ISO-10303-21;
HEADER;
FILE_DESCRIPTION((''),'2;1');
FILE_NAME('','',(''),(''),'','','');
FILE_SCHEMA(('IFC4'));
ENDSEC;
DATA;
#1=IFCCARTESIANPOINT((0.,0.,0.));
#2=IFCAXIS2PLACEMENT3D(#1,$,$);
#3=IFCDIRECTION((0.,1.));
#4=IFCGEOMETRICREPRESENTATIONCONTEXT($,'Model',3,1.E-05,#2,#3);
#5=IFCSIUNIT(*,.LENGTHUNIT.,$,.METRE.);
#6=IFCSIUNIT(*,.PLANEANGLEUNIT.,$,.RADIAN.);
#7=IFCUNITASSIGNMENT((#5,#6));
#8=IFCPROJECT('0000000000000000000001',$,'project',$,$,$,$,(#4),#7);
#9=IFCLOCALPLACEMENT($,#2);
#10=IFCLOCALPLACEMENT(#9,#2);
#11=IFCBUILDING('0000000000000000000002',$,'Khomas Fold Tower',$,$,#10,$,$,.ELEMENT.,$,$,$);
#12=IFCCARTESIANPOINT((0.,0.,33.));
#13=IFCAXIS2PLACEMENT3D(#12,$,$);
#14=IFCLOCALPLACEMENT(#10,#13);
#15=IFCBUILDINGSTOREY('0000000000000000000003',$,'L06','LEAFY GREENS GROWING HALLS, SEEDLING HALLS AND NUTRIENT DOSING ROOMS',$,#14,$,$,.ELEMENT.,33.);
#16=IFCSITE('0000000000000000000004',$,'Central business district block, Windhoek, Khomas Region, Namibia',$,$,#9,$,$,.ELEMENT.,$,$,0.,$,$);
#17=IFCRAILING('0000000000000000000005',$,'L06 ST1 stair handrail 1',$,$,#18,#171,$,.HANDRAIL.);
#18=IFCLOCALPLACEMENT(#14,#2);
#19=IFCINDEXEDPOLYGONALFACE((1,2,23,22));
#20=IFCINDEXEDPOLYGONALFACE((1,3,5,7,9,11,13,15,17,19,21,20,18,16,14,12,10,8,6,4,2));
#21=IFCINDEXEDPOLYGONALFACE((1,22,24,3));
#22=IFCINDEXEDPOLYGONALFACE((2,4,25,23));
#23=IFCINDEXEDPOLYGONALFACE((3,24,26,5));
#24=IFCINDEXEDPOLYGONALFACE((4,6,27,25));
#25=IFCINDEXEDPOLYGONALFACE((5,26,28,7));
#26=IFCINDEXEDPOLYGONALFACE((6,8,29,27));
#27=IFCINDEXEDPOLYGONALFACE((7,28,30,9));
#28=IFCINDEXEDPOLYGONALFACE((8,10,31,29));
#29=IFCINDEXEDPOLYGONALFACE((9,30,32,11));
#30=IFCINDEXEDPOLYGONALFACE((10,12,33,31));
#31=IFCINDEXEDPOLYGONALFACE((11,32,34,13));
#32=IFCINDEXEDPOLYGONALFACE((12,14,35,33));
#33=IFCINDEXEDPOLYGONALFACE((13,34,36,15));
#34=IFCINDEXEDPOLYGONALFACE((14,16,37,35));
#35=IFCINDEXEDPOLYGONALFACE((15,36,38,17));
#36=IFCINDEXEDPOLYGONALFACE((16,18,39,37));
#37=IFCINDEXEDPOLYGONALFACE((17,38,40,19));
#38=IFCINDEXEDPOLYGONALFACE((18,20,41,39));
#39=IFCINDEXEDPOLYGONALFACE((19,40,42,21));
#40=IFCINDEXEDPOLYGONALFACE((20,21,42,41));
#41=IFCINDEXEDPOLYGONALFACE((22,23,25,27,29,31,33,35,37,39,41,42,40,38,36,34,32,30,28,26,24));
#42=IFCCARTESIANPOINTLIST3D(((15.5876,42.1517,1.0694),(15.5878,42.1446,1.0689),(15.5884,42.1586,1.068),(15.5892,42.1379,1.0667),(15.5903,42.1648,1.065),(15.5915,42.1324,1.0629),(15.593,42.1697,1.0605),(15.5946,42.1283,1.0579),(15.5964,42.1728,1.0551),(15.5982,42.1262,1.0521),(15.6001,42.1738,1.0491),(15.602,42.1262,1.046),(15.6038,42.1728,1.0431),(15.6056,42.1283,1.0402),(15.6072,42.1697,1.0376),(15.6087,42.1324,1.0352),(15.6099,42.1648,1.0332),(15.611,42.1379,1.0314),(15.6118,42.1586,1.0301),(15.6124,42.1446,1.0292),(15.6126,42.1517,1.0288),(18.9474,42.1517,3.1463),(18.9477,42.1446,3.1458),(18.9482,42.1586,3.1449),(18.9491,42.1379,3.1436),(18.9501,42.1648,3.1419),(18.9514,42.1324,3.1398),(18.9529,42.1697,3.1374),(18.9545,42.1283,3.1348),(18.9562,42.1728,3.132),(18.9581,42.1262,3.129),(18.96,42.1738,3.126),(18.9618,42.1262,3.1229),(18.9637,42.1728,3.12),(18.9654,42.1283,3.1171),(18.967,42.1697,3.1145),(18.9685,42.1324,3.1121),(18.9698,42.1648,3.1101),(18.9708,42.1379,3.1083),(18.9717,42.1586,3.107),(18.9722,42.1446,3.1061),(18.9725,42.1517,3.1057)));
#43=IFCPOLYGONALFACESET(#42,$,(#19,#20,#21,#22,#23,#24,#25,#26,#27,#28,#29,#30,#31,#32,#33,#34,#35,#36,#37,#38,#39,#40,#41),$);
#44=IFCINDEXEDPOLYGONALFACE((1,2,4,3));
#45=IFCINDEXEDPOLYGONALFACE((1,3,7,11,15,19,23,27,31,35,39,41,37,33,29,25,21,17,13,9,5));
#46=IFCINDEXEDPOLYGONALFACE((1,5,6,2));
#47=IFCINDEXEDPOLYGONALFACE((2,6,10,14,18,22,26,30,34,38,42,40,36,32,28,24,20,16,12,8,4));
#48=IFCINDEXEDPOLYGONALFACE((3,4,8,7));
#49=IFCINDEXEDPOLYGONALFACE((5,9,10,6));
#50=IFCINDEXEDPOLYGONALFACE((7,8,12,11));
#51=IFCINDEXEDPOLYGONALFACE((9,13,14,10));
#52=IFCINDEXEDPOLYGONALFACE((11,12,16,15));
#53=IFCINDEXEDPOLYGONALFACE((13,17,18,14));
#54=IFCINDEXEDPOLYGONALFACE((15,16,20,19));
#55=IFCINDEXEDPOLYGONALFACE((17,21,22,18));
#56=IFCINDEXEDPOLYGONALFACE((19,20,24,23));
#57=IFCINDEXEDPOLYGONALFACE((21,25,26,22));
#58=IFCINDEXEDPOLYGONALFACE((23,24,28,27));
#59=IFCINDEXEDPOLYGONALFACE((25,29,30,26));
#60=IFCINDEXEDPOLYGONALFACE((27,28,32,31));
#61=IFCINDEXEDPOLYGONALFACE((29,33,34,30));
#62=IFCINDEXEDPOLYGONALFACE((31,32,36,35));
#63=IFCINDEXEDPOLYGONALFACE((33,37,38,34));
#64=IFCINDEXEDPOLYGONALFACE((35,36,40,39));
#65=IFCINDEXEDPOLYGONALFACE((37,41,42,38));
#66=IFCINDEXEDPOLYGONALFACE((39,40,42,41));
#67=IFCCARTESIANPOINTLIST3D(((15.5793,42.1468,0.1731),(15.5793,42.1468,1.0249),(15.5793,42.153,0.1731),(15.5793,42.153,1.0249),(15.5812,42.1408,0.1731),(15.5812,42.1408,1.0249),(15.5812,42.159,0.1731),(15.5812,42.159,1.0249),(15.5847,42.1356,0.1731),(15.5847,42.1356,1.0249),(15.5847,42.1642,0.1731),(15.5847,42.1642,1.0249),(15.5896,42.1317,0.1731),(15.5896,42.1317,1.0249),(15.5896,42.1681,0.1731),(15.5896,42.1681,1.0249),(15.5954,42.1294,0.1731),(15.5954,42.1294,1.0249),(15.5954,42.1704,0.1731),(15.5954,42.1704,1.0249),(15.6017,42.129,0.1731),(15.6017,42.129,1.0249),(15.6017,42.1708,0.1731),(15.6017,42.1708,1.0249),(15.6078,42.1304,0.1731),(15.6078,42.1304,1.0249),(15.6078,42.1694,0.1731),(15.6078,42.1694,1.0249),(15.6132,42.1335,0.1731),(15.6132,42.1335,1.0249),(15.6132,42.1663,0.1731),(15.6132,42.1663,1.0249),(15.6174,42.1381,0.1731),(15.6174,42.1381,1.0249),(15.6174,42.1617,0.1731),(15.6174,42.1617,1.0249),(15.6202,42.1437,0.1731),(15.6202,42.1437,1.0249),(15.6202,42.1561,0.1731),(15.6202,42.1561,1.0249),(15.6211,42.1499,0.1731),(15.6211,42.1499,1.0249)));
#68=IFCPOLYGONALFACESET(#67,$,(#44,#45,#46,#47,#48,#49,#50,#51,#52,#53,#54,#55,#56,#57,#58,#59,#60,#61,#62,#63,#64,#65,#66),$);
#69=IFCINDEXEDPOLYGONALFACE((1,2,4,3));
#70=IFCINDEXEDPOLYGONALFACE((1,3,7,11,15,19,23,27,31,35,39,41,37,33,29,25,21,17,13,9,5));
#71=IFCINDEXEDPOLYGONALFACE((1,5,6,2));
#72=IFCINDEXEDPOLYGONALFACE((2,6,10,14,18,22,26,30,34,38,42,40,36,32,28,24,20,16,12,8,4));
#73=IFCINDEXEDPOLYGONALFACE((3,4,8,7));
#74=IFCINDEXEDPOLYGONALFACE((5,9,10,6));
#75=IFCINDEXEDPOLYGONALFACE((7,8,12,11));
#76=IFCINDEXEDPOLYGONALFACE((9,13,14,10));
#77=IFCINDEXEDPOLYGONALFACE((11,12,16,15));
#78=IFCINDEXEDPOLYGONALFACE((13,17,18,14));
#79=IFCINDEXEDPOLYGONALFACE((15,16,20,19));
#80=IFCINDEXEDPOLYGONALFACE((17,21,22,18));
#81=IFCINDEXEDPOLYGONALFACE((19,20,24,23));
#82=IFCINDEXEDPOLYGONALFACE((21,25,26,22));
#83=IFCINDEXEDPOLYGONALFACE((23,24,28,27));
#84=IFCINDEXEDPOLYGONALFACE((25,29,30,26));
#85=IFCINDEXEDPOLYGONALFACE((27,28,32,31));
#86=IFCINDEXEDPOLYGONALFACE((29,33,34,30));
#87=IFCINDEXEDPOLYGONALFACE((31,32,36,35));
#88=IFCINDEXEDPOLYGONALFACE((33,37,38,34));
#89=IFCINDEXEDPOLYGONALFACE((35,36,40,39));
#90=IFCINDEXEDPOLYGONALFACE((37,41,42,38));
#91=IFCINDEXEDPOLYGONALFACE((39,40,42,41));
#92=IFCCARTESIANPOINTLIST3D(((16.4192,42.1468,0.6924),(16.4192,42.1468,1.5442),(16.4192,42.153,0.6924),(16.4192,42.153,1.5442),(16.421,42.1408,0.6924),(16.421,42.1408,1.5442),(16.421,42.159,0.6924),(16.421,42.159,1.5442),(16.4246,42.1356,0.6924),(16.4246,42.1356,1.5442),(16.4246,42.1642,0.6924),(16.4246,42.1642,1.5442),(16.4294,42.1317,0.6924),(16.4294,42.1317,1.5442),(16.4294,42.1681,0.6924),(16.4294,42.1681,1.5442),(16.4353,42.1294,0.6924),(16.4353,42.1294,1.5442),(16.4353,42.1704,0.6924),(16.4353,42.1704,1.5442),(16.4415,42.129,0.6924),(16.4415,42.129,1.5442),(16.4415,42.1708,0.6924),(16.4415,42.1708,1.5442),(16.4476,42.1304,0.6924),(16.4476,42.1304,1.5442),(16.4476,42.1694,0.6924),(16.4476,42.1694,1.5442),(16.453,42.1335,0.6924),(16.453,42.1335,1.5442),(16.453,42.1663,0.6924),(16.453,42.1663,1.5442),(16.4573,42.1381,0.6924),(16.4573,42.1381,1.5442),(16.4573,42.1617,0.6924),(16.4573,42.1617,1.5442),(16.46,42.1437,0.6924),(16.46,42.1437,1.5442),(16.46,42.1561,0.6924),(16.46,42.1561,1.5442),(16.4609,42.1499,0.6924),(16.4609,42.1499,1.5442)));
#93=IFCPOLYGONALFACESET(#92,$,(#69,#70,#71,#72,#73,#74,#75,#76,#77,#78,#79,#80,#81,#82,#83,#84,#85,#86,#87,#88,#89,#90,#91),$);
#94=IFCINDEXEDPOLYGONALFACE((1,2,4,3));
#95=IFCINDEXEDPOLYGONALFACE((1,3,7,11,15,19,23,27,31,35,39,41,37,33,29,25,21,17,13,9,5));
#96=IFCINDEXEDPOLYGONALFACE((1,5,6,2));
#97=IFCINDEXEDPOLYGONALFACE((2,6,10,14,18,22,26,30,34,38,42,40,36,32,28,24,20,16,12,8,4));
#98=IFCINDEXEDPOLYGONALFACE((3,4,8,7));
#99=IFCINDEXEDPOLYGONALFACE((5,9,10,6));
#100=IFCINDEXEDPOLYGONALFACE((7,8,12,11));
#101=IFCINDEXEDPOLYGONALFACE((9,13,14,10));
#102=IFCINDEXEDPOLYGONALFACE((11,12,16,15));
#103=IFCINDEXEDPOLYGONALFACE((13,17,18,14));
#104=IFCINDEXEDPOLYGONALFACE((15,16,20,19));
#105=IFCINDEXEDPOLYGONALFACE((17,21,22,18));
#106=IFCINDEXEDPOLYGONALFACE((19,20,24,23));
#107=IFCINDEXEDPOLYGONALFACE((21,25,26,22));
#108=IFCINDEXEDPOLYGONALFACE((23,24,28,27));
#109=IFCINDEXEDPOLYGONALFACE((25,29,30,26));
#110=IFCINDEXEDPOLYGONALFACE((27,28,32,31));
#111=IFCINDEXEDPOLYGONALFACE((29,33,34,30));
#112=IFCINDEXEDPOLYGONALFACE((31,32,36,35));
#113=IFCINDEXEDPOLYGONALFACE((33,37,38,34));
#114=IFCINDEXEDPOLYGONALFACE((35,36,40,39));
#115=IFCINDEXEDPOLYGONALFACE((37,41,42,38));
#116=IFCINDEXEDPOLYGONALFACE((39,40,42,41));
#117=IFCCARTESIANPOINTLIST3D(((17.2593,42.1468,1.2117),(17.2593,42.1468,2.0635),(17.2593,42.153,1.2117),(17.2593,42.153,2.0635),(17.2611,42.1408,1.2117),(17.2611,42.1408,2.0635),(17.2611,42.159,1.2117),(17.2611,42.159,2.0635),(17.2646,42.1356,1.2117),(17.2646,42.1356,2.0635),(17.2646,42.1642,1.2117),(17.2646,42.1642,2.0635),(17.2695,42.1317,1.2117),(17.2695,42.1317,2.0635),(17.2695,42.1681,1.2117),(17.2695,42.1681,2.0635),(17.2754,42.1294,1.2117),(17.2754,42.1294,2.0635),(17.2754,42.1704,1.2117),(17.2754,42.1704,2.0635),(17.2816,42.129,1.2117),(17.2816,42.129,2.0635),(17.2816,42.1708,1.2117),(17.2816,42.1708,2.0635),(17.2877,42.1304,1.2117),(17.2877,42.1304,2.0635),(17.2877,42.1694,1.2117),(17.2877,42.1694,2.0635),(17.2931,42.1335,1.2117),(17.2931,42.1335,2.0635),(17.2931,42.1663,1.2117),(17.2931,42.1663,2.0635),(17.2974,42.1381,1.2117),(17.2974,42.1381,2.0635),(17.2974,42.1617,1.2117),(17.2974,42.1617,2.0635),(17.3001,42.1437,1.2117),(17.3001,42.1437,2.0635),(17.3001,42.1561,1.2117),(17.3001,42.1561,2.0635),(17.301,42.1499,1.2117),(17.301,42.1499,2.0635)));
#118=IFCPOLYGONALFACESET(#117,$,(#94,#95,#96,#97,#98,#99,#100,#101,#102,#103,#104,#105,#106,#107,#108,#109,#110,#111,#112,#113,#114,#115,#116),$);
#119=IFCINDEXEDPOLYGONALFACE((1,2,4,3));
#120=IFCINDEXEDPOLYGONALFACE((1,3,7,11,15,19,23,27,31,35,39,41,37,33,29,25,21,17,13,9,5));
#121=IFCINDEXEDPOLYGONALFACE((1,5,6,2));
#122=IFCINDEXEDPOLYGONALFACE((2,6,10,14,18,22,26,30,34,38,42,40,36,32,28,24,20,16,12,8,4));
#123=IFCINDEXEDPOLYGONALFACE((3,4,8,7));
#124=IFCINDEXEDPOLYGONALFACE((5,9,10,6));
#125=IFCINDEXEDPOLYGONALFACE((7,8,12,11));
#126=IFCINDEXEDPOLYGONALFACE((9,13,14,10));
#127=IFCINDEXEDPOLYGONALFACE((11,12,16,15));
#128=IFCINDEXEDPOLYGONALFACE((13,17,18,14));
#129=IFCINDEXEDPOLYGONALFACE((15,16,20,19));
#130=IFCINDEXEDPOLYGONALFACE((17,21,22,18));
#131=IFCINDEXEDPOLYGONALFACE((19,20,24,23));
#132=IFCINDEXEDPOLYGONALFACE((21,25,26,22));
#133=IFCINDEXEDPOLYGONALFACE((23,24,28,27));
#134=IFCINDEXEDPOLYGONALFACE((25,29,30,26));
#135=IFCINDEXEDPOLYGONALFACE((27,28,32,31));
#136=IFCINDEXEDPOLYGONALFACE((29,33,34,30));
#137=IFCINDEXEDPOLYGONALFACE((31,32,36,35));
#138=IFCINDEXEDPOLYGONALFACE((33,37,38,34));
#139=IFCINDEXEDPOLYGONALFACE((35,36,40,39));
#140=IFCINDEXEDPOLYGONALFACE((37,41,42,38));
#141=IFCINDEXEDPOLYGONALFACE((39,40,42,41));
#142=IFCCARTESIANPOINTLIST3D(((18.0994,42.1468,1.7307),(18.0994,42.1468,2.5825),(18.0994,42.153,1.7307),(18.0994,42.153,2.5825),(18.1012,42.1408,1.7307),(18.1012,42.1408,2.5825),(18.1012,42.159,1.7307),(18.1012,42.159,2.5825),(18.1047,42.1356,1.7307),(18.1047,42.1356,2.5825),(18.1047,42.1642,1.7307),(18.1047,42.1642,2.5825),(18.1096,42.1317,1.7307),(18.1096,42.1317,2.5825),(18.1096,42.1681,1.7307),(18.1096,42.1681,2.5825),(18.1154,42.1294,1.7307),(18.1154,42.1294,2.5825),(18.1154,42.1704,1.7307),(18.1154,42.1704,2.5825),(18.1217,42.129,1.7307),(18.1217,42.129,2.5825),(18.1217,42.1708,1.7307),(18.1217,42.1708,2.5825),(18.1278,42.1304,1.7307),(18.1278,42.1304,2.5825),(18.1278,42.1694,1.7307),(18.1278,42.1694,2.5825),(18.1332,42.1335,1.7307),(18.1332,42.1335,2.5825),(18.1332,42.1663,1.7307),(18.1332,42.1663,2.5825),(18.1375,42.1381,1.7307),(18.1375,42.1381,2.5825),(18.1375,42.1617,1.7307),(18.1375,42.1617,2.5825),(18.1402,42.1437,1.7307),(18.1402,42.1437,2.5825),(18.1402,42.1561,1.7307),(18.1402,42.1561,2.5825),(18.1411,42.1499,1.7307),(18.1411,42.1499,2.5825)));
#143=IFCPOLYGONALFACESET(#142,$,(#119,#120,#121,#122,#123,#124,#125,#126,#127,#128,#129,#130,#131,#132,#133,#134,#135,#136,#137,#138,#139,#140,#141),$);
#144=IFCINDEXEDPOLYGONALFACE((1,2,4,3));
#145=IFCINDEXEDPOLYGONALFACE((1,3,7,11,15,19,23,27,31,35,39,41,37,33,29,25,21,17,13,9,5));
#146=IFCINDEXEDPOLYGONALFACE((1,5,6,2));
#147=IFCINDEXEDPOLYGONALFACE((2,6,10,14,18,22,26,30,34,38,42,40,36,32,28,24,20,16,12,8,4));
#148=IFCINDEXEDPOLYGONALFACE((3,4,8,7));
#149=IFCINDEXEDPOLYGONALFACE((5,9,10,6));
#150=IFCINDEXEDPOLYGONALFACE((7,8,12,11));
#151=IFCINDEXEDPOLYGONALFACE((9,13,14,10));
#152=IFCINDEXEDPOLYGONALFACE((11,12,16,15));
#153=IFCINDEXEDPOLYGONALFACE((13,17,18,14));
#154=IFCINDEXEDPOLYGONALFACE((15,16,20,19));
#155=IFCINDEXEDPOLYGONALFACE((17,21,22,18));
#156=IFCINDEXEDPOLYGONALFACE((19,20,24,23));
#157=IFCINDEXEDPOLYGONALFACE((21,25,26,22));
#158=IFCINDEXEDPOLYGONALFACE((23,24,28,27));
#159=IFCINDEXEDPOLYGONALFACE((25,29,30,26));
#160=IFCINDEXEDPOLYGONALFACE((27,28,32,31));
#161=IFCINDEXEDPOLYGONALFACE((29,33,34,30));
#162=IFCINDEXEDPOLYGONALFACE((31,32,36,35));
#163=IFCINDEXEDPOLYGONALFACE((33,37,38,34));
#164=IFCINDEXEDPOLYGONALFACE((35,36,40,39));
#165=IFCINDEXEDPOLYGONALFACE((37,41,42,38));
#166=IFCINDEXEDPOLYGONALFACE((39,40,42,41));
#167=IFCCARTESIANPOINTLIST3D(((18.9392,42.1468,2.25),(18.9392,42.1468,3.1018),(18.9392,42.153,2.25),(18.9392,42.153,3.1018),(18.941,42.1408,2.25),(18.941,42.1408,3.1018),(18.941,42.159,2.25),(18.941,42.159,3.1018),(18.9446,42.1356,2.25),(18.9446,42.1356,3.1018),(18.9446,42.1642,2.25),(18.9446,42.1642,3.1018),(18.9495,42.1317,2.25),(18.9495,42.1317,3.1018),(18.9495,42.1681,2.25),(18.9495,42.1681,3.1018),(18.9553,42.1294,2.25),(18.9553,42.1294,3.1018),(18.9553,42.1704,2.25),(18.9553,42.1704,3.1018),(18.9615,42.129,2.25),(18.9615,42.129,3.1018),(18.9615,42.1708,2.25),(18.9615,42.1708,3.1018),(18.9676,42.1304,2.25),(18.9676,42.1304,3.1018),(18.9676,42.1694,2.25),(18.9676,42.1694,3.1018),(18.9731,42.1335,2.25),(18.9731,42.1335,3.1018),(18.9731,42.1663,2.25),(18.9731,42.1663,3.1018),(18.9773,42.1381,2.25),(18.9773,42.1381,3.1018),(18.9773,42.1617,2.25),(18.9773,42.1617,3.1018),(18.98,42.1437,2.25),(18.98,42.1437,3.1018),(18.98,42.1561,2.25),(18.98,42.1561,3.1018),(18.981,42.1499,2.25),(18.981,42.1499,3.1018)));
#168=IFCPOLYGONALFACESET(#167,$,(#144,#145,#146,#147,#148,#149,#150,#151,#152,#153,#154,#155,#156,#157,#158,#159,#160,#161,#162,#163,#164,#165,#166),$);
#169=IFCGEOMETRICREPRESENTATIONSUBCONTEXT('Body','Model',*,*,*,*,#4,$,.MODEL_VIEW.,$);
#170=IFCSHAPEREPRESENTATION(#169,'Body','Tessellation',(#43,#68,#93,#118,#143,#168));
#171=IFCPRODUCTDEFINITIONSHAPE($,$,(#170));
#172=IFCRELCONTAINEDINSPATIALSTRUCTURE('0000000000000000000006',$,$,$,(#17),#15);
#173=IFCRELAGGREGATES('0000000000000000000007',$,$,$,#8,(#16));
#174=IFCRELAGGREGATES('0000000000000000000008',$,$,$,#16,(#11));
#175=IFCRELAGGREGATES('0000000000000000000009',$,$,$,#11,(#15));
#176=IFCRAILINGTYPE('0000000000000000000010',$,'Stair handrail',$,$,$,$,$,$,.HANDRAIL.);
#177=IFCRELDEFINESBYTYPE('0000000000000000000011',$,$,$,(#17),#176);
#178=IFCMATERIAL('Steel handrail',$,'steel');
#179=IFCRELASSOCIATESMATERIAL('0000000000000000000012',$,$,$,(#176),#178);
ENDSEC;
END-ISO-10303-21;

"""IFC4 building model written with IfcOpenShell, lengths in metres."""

from ifc_helpers import new_model, si_unit, direction, frame, origin, origin_2d, place, context, subcontext, project, spatial, circle, extrude, source, transform, mapped, material, type_object, element, save


model = new_model("IFC4")

# Units and contexts
model_context = context("Model", 3, precision=1e-05, world=origin(), true_north=direction((0.0, 1.0)))
body_context = subcontext(model_context, "Body", "Model", "MODEL_VIEW")
ifc_project = project(units=[si_unit("LENGTHUNIT", "METRE"), si_unit("PLANEANGLEUNIT", "RADIAN")], contexts=[model_context])

# Site, building, storey
site_placement = place(None, origin())
site = spatial("IfcSite", under=ifc_project, at=site_placement, Name="Central business district block, Windhoek, Khomas Region, Namibia", CompositionType="ELEMENT", RefElevation=0.0)
building_placement = place(site_placement, origin())
building = spatial("IfcBuilding", under=site, at=building_placement, Name="Khomas Fold Tower", CompositionType="ELEMENT")
storey_placement = place(building_placement, frame((0.0, 0.0, 33.0)))
storey = spatial("IfcBuildingStorey", under=building, at=storey_placement, Name="L06", Description="LEAFY GREENS GROWING HALLS, SEEDLING HALLS AND NUTRIENT DOSING ROOMS", CompositionType="ELEMENT", Elevation=33.0)

# Railing
ifc_material_1 = material(Name="Steel handrail", Category="steel")
railing_type_1 = type_object("IfcRailingType", Name="Stair handrail", PredefinedType="HANDRAIL", material=ifc_material_1)
shared_shape_1 = source(origin(), body_context, "Body", "SweptSolid", [
    extrude(circle(Radius=0.0239, at=origin_2d()), frame((0.0, 0.0, 0.876), z_axis=(0.850606, 0.0, 0.525803), x_axis=(0.0, 1.0, 0.0)), (0.0, 0.0, 1.0), 3.95),
    extrude(circle(Radius=0.021, at=origin_2d()), origin(), (0.0, 0.0, 1.0), 0.8518),
    extrude(circle(Radius=0.021, at=origin_2d()), frame((0.8398, 0.0, 0.5193)), (0.0, 0.0, 1.0), 0.8518),
    extrude(circle(Radius=0.021, at=origin_2d()), frame((1.6799, 0.0, 1.0386)), (0.0, 0.0, 1.0), 0.8518),
    extrude(circle(Radius=0.021, at=origin_2d()), frame((2.52, 0.0, 1.5576)), (0.0, 0.0, 1.0), 0.8518),
    extrude(circle(Radius=0.021, at=origin_2d()), frame((3.3599, 0.0, 2.0769)), (0.0, 0.0, 1.0), 0.8518),
])
railing_1_placement = place(storey_placement, frame((15.6001, 42.1499, 0.1731)))
element("IfcRailing", 1, at=railing_1_placement, inside=storey, type_object=railing_type_1, Name="L06 ST1 stair handrail 1", PredefinedType="HANDRAIL", context=body_context, shape_type="MappedRepresentation", body=[
    mapped(shared_shape_1, transform((0.0, 0.0, 0.0))),
])

save(model, "model.ifc")
